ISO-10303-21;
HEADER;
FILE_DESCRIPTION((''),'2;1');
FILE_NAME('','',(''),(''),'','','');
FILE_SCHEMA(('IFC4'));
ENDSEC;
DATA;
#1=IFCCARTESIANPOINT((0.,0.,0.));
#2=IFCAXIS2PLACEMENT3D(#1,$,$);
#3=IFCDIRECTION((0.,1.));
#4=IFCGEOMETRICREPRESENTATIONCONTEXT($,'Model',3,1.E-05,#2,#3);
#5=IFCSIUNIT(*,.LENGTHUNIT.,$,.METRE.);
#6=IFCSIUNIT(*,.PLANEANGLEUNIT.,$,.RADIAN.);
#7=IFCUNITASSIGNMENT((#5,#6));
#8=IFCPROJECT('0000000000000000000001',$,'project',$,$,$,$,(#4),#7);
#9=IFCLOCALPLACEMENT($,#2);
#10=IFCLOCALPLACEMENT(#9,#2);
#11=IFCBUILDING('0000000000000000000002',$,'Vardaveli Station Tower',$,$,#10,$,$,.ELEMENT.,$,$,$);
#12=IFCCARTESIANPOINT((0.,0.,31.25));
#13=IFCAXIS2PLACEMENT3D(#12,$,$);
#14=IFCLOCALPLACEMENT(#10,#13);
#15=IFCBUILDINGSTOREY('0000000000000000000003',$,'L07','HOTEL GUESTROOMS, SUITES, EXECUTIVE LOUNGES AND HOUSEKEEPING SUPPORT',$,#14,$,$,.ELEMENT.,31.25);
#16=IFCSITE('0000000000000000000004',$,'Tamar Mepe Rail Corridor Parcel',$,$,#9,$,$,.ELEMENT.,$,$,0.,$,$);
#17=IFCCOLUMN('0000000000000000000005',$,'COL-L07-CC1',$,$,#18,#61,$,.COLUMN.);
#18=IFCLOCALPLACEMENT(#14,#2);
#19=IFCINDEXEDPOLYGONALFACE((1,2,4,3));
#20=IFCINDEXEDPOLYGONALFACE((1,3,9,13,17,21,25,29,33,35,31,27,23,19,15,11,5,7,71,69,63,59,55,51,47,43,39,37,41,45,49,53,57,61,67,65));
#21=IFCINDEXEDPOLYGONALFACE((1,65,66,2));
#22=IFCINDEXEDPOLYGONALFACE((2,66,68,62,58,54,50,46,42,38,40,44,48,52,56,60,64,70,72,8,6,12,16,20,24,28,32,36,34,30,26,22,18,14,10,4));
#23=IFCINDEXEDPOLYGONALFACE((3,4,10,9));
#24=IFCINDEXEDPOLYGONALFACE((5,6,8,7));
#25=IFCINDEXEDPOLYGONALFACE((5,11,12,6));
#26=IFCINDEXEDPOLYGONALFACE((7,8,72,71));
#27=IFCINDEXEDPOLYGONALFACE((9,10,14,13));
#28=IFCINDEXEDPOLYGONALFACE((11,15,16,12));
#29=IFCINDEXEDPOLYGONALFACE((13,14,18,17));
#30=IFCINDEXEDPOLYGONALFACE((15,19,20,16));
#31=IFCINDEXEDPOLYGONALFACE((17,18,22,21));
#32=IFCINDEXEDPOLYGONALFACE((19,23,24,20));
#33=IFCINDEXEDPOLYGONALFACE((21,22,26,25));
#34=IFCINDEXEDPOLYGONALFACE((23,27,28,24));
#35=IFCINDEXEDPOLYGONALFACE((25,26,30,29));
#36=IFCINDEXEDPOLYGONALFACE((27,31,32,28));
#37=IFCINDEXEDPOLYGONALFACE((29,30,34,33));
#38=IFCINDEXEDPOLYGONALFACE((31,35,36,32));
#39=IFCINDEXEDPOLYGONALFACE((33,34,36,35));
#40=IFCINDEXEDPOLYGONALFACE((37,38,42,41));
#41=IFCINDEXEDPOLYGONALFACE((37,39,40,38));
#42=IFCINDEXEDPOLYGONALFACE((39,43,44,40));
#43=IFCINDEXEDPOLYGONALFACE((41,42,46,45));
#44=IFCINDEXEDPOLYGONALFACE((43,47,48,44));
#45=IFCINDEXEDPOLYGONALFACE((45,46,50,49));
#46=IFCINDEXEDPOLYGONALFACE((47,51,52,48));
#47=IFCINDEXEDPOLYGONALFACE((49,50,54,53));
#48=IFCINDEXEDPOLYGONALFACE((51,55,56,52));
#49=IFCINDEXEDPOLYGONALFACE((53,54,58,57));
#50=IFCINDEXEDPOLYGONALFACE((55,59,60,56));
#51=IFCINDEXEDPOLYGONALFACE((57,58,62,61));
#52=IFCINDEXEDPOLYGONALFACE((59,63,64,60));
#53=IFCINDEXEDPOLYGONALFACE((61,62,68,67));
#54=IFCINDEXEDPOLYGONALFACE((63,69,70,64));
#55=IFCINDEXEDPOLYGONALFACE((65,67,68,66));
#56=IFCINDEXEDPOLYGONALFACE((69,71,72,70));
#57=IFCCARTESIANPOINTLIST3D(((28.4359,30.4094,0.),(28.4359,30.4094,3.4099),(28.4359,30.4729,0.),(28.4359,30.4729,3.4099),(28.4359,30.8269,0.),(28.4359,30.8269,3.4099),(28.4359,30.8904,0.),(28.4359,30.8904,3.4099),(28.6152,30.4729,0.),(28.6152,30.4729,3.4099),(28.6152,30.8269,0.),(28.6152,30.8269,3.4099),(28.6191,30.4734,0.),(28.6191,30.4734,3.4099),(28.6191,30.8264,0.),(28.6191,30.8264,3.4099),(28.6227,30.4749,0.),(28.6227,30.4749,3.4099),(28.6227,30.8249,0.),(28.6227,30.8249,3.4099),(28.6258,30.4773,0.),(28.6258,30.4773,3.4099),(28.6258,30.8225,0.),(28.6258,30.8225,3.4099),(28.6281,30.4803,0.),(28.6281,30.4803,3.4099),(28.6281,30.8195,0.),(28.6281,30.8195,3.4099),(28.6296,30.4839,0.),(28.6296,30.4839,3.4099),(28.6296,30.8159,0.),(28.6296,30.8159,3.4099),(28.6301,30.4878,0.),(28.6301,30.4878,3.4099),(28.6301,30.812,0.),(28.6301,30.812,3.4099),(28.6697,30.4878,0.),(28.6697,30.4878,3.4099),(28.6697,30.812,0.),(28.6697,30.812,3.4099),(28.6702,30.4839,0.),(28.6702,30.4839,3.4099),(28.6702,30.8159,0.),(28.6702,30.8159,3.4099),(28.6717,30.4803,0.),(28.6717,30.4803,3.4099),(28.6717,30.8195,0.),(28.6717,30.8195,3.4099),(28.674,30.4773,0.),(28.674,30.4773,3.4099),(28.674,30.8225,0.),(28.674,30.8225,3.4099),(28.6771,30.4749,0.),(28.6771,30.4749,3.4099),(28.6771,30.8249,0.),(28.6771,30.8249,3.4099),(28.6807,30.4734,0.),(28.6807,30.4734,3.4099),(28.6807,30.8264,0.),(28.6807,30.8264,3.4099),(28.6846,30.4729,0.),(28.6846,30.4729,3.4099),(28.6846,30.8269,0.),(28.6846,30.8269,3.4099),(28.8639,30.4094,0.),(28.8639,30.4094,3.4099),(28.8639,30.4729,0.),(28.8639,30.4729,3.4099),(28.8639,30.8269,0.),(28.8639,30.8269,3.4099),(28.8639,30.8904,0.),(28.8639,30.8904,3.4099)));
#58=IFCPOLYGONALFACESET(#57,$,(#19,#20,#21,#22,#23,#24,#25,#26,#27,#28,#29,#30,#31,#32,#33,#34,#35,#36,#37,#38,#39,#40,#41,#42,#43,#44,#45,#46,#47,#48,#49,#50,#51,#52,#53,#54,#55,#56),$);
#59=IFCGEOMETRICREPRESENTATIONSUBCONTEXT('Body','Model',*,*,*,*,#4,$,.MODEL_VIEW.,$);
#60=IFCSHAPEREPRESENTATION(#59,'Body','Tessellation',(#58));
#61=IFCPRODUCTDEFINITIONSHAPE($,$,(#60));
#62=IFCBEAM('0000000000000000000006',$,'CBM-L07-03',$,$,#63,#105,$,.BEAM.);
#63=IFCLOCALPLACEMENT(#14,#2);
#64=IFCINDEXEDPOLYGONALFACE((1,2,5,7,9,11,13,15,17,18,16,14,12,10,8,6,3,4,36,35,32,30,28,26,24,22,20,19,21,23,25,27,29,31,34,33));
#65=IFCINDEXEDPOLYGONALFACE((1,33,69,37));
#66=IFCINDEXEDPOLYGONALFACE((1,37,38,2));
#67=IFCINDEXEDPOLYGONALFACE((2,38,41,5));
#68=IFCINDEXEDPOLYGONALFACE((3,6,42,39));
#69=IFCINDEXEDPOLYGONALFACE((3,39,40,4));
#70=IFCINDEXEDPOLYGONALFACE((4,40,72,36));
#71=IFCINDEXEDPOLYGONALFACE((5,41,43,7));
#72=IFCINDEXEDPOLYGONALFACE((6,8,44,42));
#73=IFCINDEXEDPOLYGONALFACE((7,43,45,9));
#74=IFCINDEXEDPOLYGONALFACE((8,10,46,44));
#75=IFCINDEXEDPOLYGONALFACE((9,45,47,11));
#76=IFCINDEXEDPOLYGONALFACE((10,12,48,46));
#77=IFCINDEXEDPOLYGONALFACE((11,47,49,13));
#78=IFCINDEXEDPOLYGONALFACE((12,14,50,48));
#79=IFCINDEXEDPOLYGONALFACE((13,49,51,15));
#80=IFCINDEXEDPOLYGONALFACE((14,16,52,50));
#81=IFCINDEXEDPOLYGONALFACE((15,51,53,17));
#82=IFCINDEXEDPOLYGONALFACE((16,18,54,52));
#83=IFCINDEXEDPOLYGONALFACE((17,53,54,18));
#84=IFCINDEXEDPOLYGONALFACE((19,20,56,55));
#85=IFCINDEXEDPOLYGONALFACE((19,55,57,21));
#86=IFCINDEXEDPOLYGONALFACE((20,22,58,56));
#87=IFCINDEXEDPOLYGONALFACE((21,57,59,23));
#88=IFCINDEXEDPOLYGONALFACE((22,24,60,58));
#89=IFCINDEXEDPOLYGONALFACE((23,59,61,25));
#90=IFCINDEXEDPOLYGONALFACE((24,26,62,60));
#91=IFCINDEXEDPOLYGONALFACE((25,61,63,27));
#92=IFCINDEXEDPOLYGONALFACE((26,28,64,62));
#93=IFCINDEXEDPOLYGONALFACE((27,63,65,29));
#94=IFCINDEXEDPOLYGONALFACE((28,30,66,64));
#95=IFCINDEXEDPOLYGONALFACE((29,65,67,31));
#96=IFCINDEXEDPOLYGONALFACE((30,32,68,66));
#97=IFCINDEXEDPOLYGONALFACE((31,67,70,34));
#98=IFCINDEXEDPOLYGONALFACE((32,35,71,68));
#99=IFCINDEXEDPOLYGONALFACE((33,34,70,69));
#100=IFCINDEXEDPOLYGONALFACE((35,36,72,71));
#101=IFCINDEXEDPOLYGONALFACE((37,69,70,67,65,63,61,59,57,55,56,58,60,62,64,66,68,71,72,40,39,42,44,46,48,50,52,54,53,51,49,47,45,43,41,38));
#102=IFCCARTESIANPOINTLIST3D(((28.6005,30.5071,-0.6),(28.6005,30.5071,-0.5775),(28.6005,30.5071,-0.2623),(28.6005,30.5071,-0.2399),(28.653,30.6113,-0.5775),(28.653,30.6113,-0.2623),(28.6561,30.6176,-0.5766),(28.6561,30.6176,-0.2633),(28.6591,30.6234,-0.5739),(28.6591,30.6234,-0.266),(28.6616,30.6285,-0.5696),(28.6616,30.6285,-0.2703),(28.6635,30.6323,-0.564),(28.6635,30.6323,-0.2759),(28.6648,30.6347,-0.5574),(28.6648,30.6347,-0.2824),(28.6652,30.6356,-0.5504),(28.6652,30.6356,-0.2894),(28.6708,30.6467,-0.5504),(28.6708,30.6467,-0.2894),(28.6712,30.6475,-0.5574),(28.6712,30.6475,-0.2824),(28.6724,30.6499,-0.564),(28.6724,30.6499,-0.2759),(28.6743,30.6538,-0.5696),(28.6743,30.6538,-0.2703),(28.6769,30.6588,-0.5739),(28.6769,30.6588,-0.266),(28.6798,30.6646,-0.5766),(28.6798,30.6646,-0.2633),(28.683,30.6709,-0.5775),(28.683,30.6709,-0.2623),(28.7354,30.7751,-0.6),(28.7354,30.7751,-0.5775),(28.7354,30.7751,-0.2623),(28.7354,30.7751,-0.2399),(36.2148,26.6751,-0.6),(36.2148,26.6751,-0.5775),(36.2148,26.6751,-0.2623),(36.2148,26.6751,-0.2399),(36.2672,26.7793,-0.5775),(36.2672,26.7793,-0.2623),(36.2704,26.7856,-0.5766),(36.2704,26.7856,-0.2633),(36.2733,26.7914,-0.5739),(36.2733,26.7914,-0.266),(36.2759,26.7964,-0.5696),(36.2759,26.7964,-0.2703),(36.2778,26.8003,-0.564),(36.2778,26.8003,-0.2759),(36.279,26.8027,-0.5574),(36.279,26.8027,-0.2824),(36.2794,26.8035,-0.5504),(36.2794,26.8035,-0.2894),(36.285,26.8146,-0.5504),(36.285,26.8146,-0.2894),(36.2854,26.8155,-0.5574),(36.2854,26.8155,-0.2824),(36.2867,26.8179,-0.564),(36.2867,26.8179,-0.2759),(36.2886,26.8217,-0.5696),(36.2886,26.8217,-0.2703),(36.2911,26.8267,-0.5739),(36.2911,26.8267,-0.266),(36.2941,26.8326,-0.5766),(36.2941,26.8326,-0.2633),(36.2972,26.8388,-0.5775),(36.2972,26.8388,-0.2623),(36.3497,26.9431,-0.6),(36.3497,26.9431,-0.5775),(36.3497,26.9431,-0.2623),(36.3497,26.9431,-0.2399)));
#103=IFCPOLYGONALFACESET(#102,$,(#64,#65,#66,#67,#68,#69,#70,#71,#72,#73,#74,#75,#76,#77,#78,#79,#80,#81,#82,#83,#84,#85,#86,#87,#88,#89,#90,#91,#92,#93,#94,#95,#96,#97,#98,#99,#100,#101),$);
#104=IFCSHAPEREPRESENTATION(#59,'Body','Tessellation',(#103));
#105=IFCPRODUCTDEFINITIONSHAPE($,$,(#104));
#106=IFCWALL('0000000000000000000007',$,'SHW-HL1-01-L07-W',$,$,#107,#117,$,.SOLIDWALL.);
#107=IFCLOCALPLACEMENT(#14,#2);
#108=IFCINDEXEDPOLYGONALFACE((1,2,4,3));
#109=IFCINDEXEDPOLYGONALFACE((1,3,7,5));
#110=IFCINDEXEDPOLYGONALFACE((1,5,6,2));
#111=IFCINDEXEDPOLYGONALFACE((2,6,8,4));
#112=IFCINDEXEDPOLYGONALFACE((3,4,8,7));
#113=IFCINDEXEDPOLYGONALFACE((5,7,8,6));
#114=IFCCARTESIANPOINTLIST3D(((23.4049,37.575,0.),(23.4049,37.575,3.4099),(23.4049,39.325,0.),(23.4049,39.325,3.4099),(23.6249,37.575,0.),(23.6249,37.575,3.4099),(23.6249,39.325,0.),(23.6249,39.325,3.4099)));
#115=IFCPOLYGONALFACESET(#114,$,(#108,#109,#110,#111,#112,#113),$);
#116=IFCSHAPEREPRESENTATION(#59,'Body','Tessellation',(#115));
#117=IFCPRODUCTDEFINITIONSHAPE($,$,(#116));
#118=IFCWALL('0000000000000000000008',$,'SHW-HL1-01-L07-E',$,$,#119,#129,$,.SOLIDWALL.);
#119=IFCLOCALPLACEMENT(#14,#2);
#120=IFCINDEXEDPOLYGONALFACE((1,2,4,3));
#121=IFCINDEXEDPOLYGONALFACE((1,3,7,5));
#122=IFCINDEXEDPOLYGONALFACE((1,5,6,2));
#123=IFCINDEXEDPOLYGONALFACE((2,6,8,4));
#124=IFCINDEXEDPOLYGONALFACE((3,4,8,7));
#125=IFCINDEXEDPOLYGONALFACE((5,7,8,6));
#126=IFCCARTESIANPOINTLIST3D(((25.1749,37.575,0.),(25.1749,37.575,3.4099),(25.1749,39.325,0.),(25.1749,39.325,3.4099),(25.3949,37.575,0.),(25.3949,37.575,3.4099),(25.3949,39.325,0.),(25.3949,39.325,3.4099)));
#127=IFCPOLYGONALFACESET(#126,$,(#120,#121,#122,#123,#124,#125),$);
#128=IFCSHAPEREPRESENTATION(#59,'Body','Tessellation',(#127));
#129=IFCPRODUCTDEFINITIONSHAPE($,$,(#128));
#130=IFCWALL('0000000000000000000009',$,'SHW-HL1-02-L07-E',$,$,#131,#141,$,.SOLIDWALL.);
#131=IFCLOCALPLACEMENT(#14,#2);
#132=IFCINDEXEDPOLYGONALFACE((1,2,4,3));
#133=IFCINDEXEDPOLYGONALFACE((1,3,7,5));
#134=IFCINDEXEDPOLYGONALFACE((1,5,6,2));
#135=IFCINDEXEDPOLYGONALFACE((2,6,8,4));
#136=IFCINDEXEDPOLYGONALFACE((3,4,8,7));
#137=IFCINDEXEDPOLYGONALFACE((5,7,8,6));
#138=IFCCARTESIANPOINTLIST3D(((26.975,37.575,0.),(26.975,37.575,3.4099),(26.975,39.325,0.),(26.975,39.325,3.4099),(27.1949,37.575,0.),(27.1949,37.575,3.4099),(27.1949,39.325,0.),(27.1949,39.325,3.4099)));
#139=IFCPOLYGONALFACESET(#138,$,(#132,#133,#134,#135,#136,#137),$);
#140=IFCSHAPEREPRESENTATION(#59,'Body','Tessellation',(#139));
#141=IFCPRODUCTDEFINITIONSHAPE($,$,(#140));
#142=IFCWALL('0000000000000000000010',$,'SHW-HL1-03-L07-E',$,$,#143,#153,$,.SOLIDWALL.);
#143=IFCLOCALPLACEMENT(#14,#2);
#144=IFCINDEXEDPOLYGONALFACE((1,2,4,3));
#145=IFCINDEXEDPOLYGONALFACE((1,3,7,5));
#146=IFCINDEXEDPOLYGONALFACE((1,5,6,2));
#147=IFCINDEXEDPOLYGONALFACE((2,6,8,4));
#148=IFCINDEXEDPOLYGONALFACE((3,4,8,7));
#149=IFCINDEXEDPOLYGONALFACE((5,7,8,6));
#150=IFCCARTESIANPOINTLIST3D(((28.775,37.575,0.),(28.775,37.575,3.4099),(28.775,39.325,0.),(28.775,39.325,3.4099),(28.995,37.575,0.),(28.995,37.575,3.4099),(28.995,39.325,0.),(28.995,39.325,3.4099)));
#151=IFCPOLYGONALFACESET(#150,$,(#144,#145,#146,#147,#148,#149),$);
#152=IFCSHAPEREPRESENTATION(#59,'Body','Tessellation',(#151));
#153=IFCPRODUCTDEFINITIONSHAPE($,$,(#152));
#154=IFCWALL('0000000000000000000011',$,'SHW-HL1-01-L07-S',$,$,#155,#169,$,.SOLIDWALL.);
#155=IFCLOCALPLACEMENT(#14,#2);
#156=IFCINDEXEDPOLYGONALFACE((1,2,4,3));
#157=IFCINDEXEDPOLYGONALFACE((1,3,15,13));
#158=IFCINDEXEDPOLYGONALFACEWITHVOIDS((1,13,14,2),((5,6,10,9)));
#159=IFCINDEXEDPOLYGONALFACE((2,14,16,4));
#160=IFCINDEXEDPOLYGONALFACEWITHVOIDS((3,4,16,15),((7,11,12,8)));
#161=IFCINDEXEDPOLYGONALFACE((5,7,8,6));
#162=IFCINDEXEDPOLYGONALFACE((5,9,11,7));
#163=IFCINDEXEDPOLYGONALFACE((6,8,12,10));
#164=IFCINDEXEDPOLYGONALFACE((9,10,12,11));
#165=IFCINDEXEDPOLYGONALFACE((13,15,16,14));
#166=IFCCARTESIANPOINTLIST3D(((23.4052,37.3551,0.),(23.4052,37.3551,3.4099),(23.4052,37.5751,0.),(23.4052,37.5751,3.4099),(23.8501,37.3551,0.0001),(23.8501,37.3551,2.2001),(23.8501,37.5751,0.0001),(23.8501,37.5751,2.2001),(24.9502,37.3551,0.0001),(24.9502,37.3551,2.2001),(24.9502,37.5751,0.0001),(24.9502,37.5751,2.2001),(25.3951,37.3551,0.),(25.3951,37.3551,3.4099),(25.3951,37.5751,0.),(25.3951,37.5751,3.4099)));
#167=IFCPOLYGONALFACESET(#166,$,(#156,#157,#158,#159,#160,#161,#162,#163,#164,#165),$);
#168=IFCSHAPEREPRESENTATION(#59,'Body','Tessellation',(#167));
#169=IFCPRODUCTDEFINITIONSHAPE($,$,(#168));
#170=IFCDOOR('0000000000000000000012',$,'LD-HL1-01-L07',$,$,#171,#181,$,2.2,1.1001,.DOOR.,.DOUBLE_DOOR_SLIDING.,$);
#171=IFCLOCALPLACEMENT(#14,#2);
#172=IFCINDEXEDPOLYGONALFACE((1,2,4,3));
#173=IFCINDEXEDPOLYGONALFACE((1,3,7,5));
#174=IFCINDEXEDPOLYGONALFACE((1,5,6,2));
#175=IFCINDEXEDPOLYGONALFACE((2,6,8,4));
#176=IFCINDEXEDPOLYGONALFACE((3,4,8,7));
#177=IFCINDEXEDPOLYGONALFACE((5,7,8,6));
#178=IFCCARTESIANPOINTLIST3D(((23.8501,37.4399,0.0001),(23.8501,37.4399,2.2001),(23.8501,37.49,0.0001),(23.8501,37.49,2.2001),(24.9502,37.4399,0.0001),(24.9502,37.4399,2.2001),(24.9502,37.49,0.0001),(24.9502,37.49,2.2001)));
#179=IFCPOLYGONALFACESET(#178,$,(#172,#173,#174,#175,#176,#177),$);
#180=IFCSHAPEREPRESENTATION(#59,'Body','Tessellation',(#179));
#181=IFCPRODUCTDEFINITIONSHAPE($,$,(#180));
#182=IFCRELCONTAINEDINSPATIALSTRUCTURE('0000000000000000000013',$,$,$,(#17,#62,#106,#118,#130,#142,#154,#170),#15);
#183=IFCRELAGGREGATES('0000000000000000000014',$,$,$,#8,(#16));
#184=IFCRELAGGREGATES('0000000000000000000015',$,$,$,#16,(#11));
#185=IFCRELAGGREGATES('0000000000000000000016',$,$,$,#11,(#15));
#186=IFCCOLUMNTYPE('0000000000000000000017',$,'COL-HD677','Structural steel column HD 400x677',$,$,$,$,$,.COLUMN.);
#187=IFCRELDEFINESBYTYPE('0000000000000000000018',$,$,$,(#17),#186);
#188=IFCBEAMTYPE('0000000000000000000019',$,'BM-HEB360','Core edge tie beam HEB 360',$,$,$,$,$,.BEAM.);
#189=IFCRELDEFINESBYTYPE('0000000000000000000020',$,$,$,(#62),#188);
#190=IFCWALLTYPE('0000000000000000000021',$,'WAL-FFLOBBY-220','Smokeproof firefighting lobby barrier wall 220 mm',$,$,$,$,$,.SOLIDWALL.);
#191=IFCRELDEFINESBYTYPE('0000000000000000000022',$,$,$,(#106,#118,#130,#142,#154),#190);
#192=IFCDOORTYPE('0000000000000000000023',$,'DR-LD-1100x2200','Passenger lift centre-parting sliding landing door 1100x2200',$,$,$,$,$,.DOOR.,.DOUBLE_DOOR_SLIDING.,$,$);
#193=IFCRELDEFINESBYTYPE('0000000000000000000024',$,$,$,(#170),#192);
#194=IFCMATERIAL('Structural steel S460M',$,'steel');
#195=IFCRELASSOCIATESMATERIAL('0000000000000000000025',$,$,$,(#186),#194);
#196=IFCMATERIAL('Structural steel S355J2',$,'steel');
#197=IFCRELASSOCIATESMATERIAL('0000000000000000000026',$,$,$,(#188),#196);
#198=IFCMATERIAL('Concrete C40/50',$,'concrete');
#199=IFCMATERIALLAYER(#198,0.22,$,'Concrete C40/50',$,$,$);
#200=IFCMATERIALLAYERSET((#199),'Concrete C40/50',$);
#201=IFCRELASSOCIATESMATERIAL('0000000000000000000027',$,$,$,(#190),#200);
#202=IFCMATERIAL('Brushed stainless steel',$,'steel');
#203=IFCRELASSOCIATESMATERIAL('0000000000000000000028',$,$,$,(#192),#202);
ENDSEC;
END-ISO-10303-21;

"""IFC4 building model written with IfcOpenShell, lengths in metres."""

from ifc_helpers import new_model, si_unit, direction, frame, frame_2d, origin, origin_2d, place, context, subcontext, project, spatial, rectangle, i_section, extrude, source, transform, mapped, material, layer, layer_set, material_profile, profile_set, type_object, element, fill, save


model = new_model("IFC4")

# Units and contexts
model_context = context("Model", 3, precision=1e-05, world=origin(), true_north=direction((0.0, 1.0)))
body_context = subcontext(model_context, "Body", "Model", "MODEL_VIEW")
ifc_project = project(units=[si_unit("LENGTHUNIT", "METRE"), si_unit("PLANEANGLEUNIT", "RADIAN")], contexts=[model_context])

# Site, building, storey
site_placement = place(None, origin())
site = spatial("IfcSite", under=ifc_project, at=site_placement, Name="Tamar Mepe Rail Corridor Parcel", CompositionType="ELEMENT", RefElevation=0.0)
building_placement = place(site_placement, origin())
building = spatial("IfcBuilding", under=site, at=building_placement, Name="Vardaveli Station Tower", CompositionType="ELEMENT")
storey_placement = place(building_placement, frame((0.0, 0.0, 31.25)))
storey = spatial("IfcBuildingStorey", under=building, at=storey_placement, Name="L07", Description="HOTEL GUESTROOMS, SUITES, EXECUTIVE LOUNGES AND HOUSEKEEPING SUPPORT", CompositionType="ELEMENT", Elevation=31.25)

# Column
ifc_material_1 = material(Name="Structural steel S460M", Category="steel")
ifc_material_profile_1 = material_profile(ifc_material_1, i_section(OverallWidth=0.428, OverallDepth=0.481, WebThickness=0.0396, FlangeThickness=0.0635, FilletRadius=0.0149, at=origin_2d()), Name="HD 400x677")
ifc_profile_set_1 = profile_set([ifc_material_profile_1], Name="Structural steel S460M")
column_type = type_object("IfcColumnType", Name="COL-HD677", Description="Structural steel column HD 400x677", PredefinedType="COLUMN", material=ifc_profile_set_1)
shared_shape_1 = source(origin(), body_context, "Body", "SweptSolid", [
    extrude(i_section(OverallWidth=0.428, OverallDepth=0.481, WebThickness=0.0396, FlangeThickness=0.0635, FilletRadius=0.0149, at=origin_2d()), origin(), (0.0, 0.0, 1.0), 3.4099),
])
column_placement = place(storey_placement, frame((28.6499, 30.6499, 0.0), z_axis=(0.0, 0.0, 1.0), x_axis=(1.0, 0.0, 0.0)))
element("IfcColumn", 1, at=column_placement, inside=storey, type_object=column_type, Name="COL-L07-CC1", PredefinedType="COLUMN", context=body_context, shape_type="MappedRepresentation", body=[
    mapped(shared_shape_1, transform((0.0, 0.0, 0.0), scale=1.0)),
])

# Beam
ifc_material_2 = material(Name="Structural steel S355J2", Category="steel")
ifc_material_profile_2 = material_profile(ifc_material_2, i_section(OverallWidth=0.3, OverallDepth=0.3601, WebThickness=0.0125, FlangeThickness=0.0225, FilletRadius=0.0271, at=origin_2d()), Name="HEB 360")
ifc_profile_set_2 = profile_set([ifc_material_profile_2], Name="Structural steel S355J2")
beam_type = type_object("IfcBeamType", Name="BM-HEB360", Description="Core edge tie beam HEB 360", PredefinedType="BEAM", material=ifc_profile_set_2)
shared_shape_2 = source(origin(), body_context, "Body", "SweptSolid", [
    extrude(i_section(OverallWidth=0.3, OverallDepth=0.3601, WebThickness=0.0125, FlangeThickness=0.0225, FilletRadius=0.0271, at=origin_2d()), origin(), (0.0, 0.0, 1.0), 8.5242),
])
beam_placement = place(storey_placement, frame((28.668, 30.6411, -0.4199), z_axis=(0.893256, -0.449549, 0.0), x_axis=(0.449549, 0.893256, 0.0)))
element("IfcBeam", 2, at=beam_placement, inside=storey, type_object=beam_type, Name="CBM-L07-03", PredefinedType="BEAM", context=body_context, shape_type="MappedRepresentation", body=[
    mapped(shared_shape_2, transform((0.0, 0.0, 0.0), scale=1.0)),
])

# Walls
ifc_material_3 = material(Name="Concrete C40/50", Category="concrete")
ifc_layer = layer(ifc_material_3, 0.22, Name="Concrete C40/50")
ifc_layer_set = layer_set([ifc_layer], Name="Concrete C40/50")
wall_type = type_object("IfcWallType", Name="WAL-FFLOBBY-220", Description="Smokeproof firefighting lobby barrier wall 220 mm", PredefinedType="SOLIDWALL", material=ifc_layer_set)
shared_shape_3 = source(origin(), body_context, "Body", "SweptSolid", [
    extrude(rectangle(XDim=1.75, YDim=0.22, at=frame_2d((0.875, 0.0))), origin(), (0.0, 0.0, 1.0), 3.4099),
])
for number, where, z_axis, x_axis, name in (
    (3, (23.5149, 37.575, 0.0), (0.0, 0.0, 1.0), (0.0, 1.0, 0.0), "SHW-HL1-01-L07-W"),
    (4, (25.2849, 37.575, 0.0), (0.0, 0.0, 1.0), (0.0, 1.0, 0.0), "SHW-HL1-01-L07-E"),
    (5, (27.085, 37.575, 0.0), (0.0, 0.0, 1.0), (0.0, 1.0, 0.0), "SHW-HL1-02-L07-E"),
    (6, (28.885, 37.575, 0.0), (0.0, 0.0, 1.0), (0.0, 1.0, 0.0), "SHW-HL1-03-L07-E"),
):
    element("IfcWall", number, at=place(storey_placement, frame(where, z_axis=z_axis, x_axis=x_axis)), inside=storey, type_object=wall_type, Name=name, PredefinedType="SOLIDWALL", context=body_context, shape_type="MappedRepresentation", body=[
        mapped(shared_shape_3, transform((0.0, 0.0, 0.0), scale=1.0)),
    ])

# Wall, opening, door
shared_shape_4 = source(origin(), body_context, "Body", "SweptSolid", [
    extrude(rectangle(XDim=1.99, YDim=0.22, at=frame_2d((0.9951, 0.0))), origin(), (0.0, 0.0, 1.0), 3.4099),
])
wall_1_placement = place(storey_placement, frame((23.405, 37.4651, 0.0), z_axis=(0.0, 0.0, 1.0), x_axis=(1.0, 0.0, 0.0)))
wall_1 = element("IfcWall", 7, at=wall_1_placement, inside=storey, type_object=wall_type, Name="SHW-HL1-01-L07-S", PredefinedType="SOLIDWALL", context=body_context, shape_type="MappedRepresentation", body=[
    mapped(shared_shape_4, transform((0.0, 0.0, 0.0), scale=1.0)),
])
shared_shape_5 = source(origin(), body_context, "Body", "SweptSolid", [
    extrude(rectangle(XDim=1.1001, YDim=2.2, at=frame_2d((0.55, 1.1001))), frame((0.0, 0.1201, 0.0), z_axis=(0.0, -1.0, 0.0), x_axis=(1.0, 0.0, 0.0)), (0.0, 0.0, 1.0), 0.24),
])
opening_1_placement = place(wall_1_placement, frame((0.4451, 0.0, 0.0)))
opening_1 = element("IfcOpeningElement", 8, at=opening_1_placement, cuts=wall_1, PredefinedType="OPENING", context=body_context, shape_type="MappedRepresentation", body=[
    mapped(shared_shape_5, transform((0.0, 0.0, 0.0), scale=1.0)),
])
ifc_material_4 = material(Name="Brushed stainless steel", Category="steel")
door_type = type_object("IfcDoorType", Name="DR-LD-1100x2200", Description="Passenger lift centre-parting sliding landing door 1100x2200", OperationType="DOUBLE_DOOR_SLIDING", PredefinedType="DOOR", material=ifc_material_4)
shared_shape_6 = source(origin(), body_context, "Body", "SweptSolid", [
    extrude(rectangle(XDim=1.1001, YDim=2.2, at=frame_2d((0.55, 1.1001))), frame((0.0, 0.0249, 0.0), z_axis=(0.0, -1.0, 0.0), x_axis=(1.0, 0.0, 0.0)), (0.0, 0.0, 1.0), 0.05),
])
door_1_placement = place(opening_1_placement, origin())
door_1 = element("IfcDoor", 9, at=door_1_placement, inside=storey, type_object=door_type, Name="LD-HL1-01-L07", OperationType="DOUBLE_DOOR_SLIDING", OverallHeight=2.2, OverallWidth=1.1001, PredefinedType="DOOR", context=body_context, shape_type="MappedRepresentation", body=[
    mapped(shared_shape_6, transform((0.0, 0.0, 0.0), scale=1.0)),
])
fill(opening_1, door_1)

save(model, "model.ifc")
